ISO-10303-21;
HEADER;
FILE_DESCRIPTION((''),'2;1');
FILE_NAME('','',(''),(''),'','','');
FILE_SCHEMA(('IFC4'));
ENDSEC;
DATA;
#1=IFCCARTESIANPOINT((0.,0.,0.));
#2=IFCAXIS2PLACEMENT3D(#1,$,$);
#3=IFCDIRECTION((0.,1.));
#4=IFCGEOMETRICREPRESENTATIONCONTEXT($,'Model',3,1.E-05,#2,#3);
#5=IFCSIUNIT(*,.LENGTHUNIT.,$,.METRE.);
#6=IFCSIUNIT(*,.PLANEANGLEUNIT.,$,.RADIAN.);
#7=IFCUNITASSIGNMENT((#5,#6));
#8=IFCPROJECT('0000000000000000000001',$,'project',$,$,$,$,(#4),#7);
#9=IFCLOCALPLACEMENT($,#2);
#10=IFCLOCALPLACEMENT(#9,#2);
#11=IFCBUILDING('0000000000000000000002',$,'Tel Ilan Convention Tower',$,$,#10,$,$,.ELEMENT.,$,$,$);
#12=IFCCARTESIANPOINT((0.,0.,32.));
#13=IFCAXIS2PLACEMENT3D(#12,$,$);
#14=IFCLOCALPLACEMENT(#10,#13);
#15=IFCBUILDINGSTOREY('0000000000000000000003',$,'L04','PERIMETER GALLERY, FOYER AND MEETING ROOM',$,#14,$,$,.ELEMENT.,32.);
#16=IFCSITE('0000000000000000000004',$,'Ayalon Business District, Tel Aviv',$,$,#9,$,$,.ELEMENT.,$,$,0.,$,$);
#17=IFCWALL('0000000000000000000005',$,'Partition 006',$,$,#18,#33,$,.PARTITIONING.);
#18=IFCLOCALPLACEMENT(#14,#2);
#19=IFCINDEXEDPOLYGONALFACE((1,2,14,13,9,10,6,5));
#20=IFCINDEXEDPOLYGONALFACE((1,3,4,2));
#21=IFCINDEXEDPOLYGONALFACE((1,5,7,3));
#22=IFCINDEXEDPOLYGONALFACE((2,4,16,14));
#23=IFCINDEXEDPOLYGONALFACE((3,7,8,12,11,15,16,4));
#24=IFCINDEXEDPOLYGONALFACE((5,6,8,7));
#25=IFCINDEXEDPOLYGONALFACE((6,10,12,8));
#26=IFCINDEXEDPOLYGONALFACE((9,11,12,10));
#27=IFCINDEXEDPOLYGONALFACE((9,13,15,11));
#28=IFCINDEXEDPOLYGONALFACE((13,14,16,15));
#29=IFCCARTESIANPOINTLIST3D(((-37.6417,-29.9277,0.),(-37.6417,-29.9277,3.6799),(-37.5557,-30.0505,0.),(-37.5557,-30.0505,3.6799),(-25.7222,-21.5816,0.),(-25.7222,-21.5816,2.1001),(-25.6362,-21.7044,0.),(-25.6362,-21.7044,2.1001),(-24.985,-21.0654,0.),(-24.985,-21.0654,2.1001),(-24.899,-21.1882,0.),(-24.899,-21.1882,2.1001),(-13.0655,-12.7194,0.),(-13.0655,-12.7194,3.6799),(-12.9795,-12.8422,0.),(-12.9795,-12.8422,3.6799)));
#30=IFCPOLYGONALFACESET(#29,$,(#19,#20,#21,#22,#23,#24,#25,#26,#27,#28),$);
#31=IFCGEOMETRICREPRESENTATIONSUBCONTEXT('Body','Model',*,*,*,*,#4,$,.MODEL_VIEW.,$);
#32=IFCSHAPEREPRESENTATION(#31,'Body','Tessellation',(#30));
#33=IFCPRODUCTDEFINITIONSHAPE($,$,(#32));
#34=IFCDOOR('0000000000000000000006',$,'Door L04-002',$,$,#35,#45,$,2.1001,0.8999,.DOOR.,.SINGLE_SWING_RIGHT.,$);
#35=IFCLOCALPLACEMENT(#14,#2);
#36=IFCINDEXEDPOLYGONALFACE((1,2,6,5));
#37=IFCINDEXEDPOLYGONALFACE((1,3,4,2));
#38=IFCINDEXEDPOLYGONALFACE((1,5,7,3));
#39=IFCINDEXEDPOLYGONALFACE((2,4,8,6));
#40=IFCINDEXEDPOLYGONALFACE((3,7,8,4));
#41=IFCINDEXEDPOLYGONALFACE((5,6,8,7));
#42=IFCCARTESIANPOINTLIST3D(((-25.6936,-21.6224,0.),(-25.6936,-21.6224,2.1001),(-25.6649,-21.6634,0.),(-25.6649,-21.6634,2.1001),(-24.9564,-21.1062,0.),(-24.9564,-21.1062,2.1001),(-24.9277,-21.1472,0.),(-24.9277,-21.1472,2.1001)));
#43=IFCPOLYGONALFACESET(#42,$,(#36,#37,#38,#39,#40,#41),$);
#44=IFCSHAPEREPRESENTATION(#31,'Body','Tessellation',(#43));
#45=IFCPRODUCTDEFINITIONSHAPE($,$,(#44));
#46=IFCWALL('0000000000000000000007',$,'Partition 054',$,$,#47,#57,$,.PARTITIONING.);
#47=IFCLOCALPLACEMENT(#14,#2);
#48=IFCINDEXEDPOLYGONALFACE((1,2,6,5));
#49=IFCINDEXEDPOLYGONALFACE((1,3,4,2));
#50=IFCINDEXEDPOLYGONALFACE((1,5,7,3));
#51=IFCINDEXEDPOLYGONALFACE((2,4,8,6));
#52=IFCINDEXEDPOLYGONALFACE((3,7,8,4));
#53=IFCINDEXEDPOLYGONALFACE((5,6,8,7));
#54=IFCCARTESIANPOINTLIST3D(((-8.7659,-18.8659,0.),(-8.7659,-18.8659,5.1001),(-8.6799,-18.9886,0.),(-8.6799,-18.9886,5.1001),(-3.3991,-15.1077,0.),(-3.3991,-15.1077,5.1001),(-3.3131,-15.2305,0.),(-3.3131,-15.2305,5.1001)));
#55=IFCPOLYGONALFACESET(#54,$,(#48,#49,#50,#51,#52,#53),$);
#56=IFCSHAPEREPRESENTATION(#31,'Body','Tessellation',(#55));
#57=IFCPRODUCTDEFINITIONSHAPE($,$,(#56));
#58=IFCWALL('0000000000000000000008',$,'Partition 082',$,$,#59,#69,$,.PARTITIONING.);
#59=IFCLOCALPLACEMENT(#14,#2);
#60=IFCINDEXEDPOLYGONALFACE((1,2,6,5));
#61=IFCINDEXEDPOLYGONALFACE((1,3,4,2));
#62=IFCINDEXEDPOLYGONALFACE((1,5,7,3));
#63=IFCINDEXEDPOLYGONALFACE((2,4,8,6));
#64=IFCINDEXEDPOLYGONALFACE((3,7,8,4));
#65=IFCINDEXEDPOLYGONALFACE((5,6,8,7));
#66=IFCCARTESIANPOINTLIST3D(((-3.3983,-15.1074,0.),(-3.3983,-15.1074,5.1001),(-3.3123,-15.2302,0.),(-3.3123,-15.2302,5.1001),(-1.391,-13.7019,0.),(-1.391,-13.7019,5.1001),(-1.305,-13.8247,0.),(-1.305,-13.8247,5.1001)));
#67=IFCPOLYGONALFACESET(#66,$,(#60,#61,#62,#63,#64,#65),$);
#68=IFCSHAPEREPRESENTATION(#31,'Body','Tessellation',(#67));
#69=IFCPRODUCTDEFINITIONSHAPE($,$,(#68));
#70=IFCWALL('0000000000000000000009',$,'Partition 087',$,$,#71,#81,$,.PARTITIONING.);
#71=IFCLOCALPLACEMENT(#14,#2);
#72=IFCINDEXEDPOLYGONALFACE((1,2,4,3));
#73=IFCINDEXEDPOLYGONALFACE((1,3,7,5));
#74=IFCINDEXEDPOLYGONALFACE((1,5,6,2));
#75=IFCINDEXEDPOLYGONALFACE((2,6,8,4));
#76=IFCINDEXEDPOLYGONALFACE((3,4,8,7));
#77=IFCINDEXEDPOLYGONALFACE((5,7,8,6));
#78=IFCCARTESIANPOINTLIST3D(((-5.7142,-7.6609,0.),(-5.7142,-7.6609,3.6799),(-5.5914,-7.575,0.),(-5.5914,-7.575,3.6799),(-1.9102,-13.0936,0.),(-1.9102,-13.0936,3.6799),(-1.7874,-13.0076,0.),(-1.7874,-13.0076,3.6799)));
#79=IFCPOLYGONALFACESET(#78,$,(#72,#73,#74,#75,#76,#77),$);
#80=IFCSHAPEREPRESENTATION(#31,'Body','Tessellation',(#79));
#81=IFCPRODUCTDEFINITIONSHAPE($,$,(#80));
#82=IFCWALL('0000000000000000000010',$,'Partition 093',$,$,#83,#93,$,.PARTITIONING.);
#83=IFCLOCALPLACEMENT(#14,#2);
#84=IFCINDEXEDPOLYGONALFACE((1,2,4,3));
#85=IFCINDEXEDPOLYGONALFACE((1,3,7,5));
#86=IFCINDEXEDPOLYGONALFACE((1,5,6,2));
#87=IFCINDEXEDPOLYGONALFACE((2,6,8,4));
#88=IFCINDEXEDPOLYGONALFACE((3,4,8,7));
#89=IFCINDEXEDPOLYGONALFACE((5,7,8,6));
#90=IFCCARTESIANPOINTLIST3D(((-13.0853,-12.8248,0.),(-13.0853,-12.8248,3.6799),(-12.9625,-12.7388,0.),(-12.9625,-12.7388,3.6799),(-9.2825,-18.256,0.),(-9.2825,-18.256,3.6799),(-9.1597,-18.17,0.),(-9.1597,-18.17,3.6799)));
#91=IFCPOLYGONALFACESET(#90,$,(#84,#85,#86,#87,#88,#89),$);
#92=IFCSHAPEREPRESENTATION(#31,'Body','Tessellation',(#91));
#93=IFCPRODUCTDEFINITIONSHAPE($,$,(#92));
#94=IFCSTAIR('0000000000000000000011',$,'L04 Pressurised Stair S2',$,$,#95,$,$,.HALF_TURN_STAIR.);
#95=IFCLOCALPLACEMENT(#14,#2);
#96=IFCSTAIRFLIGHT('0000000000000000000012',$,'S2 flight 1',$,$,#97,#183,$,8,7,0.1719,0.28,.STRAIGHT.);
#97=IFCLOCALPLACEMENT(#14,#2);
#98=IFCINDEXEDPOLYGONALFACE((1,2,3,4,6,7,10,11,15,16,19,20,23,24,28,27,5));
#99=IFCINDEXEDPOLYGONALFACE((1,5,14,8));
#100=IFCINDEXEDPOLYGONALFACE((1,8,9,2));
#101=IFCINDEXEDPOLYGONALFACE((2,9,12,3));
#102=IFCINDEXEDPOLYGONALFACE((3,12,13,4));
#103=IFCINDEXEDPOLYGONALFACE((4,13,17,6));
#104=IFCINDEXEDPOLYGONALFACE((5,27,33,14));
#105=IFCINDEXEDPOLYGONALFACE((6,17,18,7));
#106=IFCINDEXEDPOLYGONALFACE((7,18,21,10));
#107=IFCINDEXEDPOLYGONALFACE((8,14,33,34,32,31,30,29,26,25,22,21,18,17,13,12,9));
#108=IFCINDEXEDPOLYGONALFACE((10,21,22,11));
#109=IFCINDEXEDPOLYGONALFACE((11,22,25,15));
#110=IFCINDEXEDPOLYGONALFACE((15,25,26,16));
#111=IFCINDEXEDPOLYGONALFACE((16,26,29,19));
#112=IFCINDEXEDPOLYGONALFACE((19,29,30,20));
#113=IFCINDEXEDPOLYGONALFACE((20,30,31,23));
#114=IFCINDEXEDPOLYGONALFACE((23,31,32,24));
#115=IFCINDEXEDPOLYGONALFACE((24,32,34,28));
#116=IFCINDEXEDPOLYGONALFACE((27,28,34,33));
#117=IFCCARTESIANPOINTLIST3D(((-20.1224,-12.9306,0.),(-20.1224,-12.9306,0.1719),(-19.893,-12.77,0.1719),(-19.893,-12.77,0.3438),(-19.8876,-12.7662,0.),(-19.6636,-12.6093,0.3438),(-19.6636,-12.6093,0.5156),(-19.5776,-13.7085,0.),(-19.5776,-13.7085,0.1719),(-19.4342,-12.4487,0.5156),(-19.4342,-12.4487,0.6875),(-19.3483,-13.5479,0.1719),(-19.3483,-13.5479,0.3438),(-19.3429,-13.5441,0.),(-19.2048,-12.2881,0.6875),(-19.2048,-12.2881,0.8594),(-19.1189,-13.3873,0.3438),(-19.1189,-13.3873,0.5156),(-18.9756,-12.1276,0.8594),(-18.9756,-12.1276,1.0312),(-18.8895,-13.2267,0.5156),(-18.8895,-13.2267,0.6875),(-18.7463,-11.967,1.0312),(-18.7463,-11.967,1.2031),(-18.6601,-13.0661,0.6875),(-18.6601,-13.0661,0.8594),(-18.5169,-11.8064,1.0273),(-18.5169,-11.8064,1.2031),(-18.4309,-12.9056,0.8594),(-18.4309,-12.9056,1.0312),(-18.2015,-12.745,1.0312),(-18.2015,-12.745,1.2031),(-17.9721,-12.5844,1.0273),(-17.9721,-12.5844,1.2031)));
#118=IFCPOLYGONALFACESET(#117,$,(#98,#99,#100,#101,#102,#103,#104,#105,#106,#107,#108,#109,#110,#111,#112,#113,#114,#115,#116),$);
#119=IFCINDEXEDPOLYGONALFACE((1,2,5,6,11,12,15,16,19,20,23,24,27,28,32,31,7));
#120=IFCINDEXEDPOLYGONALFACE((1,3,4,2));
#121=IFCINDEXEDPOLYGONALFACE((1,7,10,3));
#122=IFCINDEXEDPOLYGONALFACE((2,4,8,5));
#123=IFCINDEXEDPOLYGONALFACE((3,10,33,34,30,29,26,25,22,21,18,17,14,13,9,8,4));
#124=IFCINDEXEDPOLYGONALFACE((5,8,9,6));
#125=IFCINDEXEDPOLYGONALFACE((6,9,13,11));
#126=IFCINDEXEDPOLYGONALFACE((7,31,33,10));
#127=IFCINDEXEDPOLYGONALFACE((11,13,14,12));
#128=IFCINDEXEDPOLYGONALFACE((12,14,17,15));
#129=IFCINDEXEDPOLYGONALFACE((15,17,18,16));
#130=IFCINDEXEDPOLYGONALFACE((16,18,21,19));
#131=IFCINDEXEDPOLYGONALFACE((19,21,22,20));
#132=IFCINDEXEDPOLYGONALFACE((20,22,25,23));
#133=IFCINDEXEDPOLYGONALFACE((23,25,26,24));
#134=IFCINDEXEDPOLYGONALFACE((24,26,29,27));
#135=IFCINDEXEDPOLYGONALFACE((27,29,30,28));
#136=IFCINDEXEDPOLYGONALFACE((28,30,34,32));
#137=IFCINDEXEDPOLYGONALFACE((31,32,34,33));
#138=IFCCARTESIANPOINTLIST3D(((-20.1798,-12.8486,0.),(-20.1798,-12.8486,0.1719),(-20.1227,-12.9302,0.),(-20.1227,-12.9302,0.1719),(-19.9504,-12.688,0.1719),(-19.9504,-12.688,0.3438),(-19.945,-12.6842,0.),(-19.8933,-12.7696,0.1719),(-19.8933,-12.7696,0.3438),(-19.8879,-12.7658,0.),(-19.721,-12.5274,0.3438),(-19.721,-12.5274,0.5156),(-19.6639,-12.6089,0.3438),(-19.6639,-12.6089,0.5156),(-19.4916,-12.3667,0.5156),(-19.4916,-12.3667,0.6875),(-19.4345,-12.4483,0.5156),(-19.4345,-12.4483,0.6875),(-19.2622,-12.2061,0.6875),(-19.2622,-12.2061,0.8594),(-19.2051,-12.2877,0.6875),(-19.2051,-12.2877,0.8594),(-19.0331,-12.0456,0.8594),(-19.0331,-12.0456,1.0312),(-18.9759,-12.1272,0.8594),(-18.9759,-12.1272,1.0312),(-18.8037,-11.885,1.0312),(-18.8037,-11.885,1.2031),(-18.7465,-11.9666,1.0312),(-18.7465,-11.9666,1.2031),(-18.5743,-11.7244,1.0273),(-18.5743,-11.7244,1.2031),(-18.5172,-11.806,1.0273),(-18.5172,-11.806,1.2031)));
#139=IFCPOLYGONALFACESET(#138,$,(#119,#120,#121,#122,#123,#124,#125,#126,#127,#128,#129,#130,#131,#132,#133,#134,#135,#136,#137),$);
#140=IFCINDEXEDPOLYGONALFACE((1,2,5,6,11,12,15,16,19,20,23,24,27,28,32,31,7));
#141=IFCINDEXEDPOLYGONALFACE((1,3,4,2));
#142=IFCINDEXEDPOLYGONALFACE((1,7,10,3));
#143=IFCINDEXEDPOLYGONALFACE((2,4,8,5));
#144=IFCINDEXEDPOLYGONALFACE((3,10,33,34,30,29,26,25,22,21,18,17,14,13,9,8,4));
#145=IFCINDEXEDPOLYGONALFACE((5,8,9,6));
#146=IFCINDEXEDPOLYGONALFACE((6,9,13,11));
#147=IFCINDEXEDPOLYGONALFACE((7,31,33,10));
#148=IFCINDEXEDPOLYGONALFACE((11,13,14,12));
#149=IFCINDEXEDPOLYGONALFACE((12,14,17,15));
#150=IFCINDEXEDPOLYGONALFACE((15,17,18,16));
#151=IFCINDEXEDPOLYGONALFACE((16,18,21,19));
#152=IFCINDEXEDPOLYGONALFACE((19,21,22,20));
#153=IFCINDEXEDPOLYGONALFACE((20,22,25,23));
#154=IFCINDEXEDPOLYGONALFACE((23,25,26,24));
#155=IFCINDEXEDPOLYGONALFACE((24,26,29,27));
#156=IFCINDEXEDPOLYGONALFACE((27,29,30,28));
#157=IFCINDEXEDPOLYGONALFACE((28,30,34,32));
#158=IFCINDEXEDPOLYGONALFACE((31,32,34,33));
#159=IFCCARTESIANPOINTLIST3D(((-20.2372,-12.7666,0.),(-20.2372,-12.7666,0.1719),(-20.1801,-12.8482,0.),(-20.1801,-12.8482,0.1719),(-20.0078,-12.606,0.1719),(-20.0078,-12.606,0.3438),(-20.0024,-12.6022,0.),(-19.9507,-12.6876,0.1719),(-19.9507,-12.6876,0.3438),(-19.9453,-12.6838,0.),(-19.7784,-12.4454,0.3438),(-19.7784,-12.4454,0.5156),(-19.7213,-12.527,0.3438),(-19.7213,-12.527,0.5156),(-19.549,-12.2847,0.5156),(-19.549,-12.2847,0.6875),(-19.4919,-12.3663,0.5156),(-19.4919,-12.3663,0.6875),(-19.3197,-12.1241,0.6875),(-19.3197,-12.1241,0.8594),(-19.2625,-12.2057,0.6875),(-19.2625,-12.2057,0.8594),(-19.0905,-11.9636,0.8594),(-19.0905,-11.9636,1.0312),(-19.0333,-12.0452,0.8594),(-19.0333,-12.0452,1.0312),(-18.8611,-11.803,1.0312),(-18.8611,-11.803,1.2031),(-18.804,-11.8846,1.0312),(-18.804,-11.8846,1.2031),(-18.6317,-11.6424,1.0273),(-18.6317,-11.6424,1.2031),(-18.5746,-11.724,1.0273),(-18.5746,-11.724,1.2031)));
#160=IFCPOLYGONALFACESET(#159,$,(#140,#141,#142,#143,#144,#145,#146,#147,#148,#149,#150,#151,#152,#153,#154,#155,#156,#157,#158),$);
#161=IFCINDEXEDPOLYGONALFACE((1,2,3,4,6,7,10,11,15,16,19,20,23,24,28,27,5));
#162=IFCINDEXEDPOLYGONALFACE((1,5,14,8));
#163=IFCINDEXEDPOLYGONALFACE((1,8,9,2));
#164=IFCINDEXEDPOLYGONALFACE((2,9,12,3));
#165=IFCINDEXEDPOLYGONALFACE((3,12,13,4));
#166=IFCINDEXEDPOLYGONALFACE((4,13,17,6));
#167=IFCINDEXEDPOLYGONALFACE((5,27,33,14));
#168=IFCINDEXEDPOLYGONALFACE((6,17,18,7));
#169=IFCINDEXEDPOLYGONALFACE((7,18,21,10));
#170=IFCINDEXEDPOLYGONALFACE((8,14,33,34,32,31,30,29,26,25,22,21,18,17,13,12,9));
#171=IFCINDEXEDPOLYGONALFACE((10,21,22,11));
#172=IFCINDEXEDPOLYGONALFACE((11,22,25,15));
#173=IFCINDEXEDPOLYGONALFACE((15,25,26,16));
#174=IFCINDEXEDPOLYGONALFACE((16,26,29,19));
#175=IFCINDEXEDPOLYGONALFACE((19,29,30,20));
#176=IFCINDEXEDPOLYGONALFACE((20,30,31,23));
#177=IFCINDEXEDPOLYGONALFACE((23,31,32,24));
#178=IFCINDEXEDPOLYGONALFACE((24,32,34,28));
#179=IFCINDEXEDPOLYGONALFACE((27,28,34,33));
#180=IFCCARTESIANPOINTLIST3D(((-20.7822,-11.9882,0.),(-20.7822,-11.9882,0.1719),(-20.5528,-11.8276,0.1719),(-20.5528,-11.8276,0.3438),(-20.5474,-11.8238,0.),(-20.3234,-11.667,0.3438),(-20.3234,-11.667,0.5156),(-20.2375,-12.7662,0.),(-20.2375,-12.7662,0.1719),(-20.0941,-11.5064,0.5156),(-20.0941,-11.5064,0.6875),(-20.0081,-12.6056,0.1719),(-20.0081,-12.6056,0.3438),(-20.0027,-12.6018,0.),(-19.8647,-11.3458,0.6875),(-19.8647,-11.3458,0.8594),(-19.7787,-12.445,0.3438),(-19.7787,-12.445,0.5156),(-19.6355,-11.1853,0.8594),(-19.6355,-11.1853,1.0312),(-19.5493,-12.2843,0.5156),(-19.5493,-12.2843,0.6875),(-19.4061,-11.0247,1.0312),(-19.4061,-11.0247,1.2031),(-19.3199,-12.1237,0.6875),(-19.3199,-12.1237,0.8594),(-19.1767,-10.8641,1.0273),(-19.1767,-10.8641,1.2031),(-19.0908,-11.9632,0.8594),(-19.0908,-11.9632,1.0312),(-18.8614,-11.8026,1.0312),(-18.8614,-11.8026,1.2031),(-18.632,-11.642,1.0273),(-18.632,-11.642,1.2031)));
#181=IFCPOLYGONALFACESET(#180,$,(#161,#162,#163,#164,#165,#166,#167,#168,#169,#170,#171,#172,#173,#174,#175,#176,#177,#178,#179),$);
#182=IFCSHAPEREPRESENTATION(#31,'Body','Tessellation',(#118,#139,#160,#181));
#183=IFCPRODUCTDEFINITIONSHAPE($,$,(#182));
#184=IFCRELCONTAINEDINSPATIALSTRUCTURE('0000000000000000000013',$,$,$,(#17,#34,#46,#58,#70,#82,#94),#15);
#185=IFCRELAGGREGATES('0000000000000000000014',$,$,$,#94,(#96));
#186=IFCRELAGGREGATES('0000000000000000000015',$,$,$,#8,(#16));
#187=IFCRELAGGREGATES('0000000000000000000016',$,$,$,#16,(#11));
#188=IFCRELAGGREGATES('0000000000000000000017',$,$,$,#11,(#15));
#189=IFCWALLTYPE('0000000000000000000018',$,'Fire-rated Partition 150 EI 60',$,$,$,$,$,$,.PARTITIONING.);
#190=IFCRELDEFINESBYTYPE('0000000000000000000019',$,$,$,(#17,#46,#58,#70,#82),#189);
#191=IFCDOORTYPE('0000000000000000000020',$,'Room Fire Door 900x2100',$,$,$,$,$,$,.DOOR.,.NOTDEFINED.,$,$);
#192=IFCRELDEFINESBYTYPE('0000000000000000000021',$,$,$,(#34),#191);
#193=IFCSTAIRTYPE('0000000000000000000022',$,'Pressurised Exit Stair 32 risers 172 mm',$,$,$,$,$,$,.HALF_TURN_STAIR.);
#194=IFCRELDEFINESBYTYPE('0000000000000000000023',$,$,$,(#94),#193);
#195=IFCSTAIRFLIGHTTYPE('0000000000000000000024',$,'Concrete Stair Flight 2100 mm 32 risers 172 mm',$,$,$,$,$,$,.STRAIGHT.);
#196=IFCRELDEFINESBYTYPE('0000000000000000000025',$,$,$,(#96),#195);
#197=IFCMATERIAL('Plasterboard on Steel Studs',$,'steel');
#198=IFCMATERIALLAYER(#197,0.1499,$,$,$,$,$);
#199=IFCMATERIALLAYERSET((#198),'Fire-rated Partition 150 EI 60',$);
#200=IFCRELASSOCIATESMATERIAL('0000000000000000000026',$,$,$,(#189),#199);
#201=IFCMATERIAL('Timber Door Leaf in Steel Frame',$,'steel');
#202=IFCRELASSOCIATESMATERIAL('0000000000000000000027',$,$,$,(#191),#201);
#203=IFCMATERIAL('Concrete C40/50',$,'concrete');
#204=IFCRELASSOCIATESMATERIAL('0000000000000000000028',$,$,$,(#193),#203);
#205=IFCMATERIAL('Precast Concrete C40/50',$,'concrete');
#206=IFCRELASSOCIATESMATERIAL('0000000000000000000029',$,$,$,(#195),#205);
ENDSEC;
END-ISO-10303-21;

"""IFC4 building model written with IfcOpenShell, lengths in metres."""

from ifc_helpers import new_model, si_unit, direction, frame, frame_2d, origin, place, context, subcontext, project, spatial, polyline, rectangle, outline, extrude, material, layer, layer_set, type_object, element, fill, aggregate, save


model = new_model("IFC4")

# Units and contexts
model_context = context("Model", 3, precision=1e-05, world=origin(), true_north=direction((0.0, 1.0)))
body_context = subcontext(model_context, "Body", "Model", "MODEL_VIEW")
ifc_project = project(units=[si_unit("LENGTHUNIT", "METRE"), si_unit("PLANEANGLEUNIT", "RADIAN")], contexts=[model_context])

# Site, building, storey
site_placement = place(None, origin())
site = spatial("IfcSite", under=ifc_project, at=site_placement, Name="Ayalon Business District, Tel Aviv", CompositionType="ELEMENT", RefElevation=0.0)
building_placement = place(site_placement, origin())
building = spatial("IfcBuilding", under=site, at=building_placement, Name="Tel Ilan Convention Tower", CompositionType="ELEMENT")
storey_placement = place(building_placement, frame((0.0, 0.0, 32.0)))
storey = spatial("IfcBuildingStorey", under=building, at=storey_placement, Name="L04", Description="PERIMETER GALLERY, FOYER AND MEETING ROOM", CompositionType="ELEMENT", Elevation=32.0)

# Wall, opening, door
ifc_material_1 = material(Name="Plasterboard on Steel Studs", Category="steel")
ifc_layer_1 = layer(ifc_material_1, 0.1499)
ifc_layer_set_1 = layer_set([ifc_layer_1], Name="Fire-rated Partition 150 EI 60")
wall_type_1 = type_object("IfcWallType", Name="Fire-rated Partition 150 EI 60", PredefinedType="PARTITIONING", material=ifc_layer_set_1)
wall_1_placement = place(storey_placement, frame((-13.0225, -12.7808, 0.0), z_axis=(0.0, 0.0, 1.0), x_axis=(-0.819155, -0.573573, 0.0)))
wall_1 = element("IfcWall", 1, at=wall_1_placement, inside=storey, type_object=wall_type_1, Name="Partition 006", PredefinedType="PARTITIONING", context=body_context, shape_type="SweptSolid", body=[
    extrude(rectangle(XDim=30.002, YDim=0.1499, at=frame_2d((15.001, 0.0))), origin(), (0.0, 0.0, 1.0), 3.6799),
])
opening_placement = place(wall_1_placement, frame((14.551, 0.0, 0.0)))
opening = element("IfcOpeningElement", 2, at=opening_placement, cuts=wall_1, PredefinedType="OPENING", context=body_context, shape_type="SweptSolid", body=[
    extrude(rectangle(XDim=0.8999, YDim=2.1001, at=frame_2d((0.45, 1.05))), frame((0.0, 0.085, 0.0), z_axis=(0.0, -1.0, 0.0), x_axis=(1.0, 0.0, 0.0)), (0.0, 0.0, 1.0), 0.1699),
])
ifc_material_2 = material(Name="Timber Door Leaf in Steel Frame", Category="steel")
door_type = type_object("IfcDoorType", Name="Room Fire Door 900x2100", OperationType="NOTDEFINED", PredefinedType="DOOR", material=ifc_material_2)
door_placement = place(opening_placement, origin())
door = element("IfcDoor", 3, at=door_placement, inside=storey, type_object=door_type, Name="Door L04-002", OperationType="SINGLE_SWING_RIGHT", OverallHeight=2.1001, OverallWidth=0.8999, PredefinedType="DOOR", context=body_context, shape_type="SweptSolid", body=[
    extrude(rectangle(XDim=0.8999, YDim=2.1001, at=frame_2d((0.45, 1.05))), frame((0.0, 0.0249, 0.0), z_axis=(0.0, -1.0, 0.0), x_axis=(1.0, 0.0, 0.0)), (0.0, 0.0, 1.0), 0.05),
])
fill(opening, door)

# Walls
wall_2_placement = place(storey_placement, frame((-8.7229, -18.9272, 0.0), z_axis=(0.0, 0.0, 1.0), x_axis=(0.819134, 0.573602, 0.0)))
element("IfcWall", 4, at=wall_2_placement, inside=storey, type_object=wall_type_1, Name="Partition 054", PredefinedType="PARTITIONING", context=body_context, shape_type="SweptSolid", body=[
    extrude(rectangle(XDim=6.5518, YDim=0.1499, at=frame_2d((3.2759, 0.0))), origin(), (0.0, 0.0, 1.0), 5.1001),
])
wall_3_placement = place(storey_placement, frame((-3.3552, -15.1687, 0.0), z_axis=(0.0, 0.0, 1.0), x_axis=(0.819157, 0.573569, 0.0)))
element("IfcWall", 5, at=wall_3_placement, inside=storey, type_object=wall_type_1, Name="Partition 082", PredefinedType="PARTITIONING", context=body_context, shape_type="SweptSolid", body=[
    extrude(rectangle(XDim=2.4504, YDim=0.1499, at=frame_2d((1.2251, 0.0))), origin(), (0.0, 0.0, 1.0), 5.1001),
])
wall_4_placement = place(storey_placement, frame((-1.8489, -13.0505, 0.0), z_axis=(0.0, 0.0, 1.0), x_axis=(-0.573576, 0.819152, 0.0)))
element("IfcWall", 6, at=wall_4_placement, inside=storey, type_object=wall_type_1, Name="Partition 087", PredefinedType="PARTITIONING", context=body_context, shape_type="SweptSolid", body=[
    extrude(rectangle(XDim=6.6321, YDim=0.1499, at=frame_2d((3.3159, 0.0))), origin(), (0.0, 0.0, 1.0), 3.6799),
])
wall_5_placement = place(storey_placement, frame((-9.2212, -18.2129, 0.0), z_axis=(0.0, 0.0, 1.0), x_axis=(-0.573556, 0.819166, 0.0)))
element("IfcWall", 7, at=wall_5_placement, inside=storey, type_object=wall_type_1, Name="Partition 093", PredefinedType="PARTITIONING", context=body_context, shape_type="SweptSolid", body=[
    extrude(rectangle(XDim=6.6301, YDim=0.1499, at=frame_2d((3.3149, 0.0))), origin(), (0.0, 0.0, 1.0), 3.6799),
])

# Stair, stair flight
ifc_material_3 = material(Name="Concrete C40/50", Category="concrete")
stair_type = type_object("IfcStairType", Name="Pressurised Exit Stair 32 risers 172 mm", PredefinedType="HALF_TURN_STAIR", material=ifc_material_3)
stair_placement = place(storey_placement, origin())
stair = element("IfcStair", 8, at=stair_placement, inside=storey, type_object=stair_type, Name="L04 Pressurised Stair S2", PredefinedType="HALF_TURN_STAIR")
ifc_material_4 = material(Name="Precast Concrete C40/50", Category="concrete")
stair_flight_type = type_object("IfcStairFlightType", Name="Concrete Stair Flight 2100 mm 32 risers 172 mm", PredefinedType="STRAIGHT", material=ifc_material_4)
stair_flight_1_placement = place(storey_placement, frame((-20.1799, -12.8484, 0.0), z_axis=(0.0, 0.0, 1.0), x_axis=(0.819152, 0.573576, 0.0)))
stair_flight_1 = element("IfcStairFlight", 9, at=stair_flight_1_placement, type_object=stair_flight_type, Name="S2 flight 1", NumberOfRisers=8, NumberOfTreads=7, PredefinedType="STRAIGHT", RiserHeight=0.1719, TreadLength=0.28, context=body_context, shape_type="SweptSolid", body=[
    extrude(outline(polyline([(0.0, 0.0), (0.0, 0.1719), (0.28, 0.1719), (0.28, 0.3438), (0.5601, 0.3438), (0.5601, 0.5156), (0.8401, 0.5156), (0.8401, 0.6875), (1.1201, 0.6875), (1.1201, 0.8594), (1.3999, 0.8594), (1.3999, 1.0312), (1.6799, 1.0312), (1.6799, 1.2031), (1.96, 1.2031), (1.96, 1.375), (1.96, 1.0273), (0.2866, 0.0), (0.0, 0.0)])), frame((0.0, -0.1003, 0.0), z_axis=(0.0, -1.0, 0.0), x_axis=(1.0, 0.0, 0.0)), (0.0, 0.0, 1.0), 0.9497),
    extrude(outline(polyline([(0.0, 0.0), (0.0, 0.1719), (0.28, 0.1719), (0.28, 0.3438), (0.5601, 0.3438), (0.5601, 0.5156), (0.8401, 0.5156), (0.8401, 0.6875), (1.1201, 0.6875), (1.1201, 0.8594), (1.3999, 0.8594), (1.3999, 1.0312), (1.6799, 1.0312), (1.6799, 1.2031), (1.96, 1.2031), (1.96, 1.375), (1.96, 1.0273), (0.2866, 0.0), (0.0, 0.0)])), frame((0.0, -0.0002, 0.0), z_axis=(0.0, -1.0, 0.0), x_axis=(1.0, 0.0, 0.0)), (0.0, 0.0, 1.0), 0.0996),
    extrude(outline(polyline([(0.0, 0.0), (0.0, 0.1719), (0.28, 0.1719), (0.28, 0.3438), (0.5601, 0.3438), (0.5601, 0.5156), (0.8401, 0.5156), (0.8401, 0.6875), (1.1201, 0.6875), (1.1201, 0.8594), (1.3999, 0.8594), (1.3999, 1.0312), (1.6799, 1.0312), (1.6799, 1.2031), (1.96, 1.2031), (1.96, 1.375), (1.96, 1.0273), (0.2866, 0.0), (0.0, 0.0)])), frame((0.0, 0.0999, 0.0), z_axis=(0.0, -1.0, 0.0), x_axis=(1.0, 0.0, 0.0)), (0.0, 0.0, 1.0), 0.0996),
    extrude(outline(polyline([(0.0, 0.0), (0.0, 0.1719), (0.28, 0.1719), (0.28, 0.3438), (0.5601, 0.3438), (0.5601, 0.5156), (0.8401, 0.5156), (0.8401, 0.6875), (1.1201, 0.6875), (1.1201, 0.8594), (1.3999, 0.8594), (1.3999, 1.0312), (1.6799, 1.0312), (1.6799, 1.2031), (1.96, 1.2031), (1.96, 1.375), (1.96, 1.0273), (0.2866, 0.0), (0.0, 0.0)])), frame((0.0, 1.05, 0.0), z_axis=(0.0, -1.0, 0.0), x_axis=(1.0, 0.0, 0.0)), (0.0, 0.0, 1.0), 0.9497),
])
aggregate(stair, [stair_flight_1])

save(model, "model.ifc")
